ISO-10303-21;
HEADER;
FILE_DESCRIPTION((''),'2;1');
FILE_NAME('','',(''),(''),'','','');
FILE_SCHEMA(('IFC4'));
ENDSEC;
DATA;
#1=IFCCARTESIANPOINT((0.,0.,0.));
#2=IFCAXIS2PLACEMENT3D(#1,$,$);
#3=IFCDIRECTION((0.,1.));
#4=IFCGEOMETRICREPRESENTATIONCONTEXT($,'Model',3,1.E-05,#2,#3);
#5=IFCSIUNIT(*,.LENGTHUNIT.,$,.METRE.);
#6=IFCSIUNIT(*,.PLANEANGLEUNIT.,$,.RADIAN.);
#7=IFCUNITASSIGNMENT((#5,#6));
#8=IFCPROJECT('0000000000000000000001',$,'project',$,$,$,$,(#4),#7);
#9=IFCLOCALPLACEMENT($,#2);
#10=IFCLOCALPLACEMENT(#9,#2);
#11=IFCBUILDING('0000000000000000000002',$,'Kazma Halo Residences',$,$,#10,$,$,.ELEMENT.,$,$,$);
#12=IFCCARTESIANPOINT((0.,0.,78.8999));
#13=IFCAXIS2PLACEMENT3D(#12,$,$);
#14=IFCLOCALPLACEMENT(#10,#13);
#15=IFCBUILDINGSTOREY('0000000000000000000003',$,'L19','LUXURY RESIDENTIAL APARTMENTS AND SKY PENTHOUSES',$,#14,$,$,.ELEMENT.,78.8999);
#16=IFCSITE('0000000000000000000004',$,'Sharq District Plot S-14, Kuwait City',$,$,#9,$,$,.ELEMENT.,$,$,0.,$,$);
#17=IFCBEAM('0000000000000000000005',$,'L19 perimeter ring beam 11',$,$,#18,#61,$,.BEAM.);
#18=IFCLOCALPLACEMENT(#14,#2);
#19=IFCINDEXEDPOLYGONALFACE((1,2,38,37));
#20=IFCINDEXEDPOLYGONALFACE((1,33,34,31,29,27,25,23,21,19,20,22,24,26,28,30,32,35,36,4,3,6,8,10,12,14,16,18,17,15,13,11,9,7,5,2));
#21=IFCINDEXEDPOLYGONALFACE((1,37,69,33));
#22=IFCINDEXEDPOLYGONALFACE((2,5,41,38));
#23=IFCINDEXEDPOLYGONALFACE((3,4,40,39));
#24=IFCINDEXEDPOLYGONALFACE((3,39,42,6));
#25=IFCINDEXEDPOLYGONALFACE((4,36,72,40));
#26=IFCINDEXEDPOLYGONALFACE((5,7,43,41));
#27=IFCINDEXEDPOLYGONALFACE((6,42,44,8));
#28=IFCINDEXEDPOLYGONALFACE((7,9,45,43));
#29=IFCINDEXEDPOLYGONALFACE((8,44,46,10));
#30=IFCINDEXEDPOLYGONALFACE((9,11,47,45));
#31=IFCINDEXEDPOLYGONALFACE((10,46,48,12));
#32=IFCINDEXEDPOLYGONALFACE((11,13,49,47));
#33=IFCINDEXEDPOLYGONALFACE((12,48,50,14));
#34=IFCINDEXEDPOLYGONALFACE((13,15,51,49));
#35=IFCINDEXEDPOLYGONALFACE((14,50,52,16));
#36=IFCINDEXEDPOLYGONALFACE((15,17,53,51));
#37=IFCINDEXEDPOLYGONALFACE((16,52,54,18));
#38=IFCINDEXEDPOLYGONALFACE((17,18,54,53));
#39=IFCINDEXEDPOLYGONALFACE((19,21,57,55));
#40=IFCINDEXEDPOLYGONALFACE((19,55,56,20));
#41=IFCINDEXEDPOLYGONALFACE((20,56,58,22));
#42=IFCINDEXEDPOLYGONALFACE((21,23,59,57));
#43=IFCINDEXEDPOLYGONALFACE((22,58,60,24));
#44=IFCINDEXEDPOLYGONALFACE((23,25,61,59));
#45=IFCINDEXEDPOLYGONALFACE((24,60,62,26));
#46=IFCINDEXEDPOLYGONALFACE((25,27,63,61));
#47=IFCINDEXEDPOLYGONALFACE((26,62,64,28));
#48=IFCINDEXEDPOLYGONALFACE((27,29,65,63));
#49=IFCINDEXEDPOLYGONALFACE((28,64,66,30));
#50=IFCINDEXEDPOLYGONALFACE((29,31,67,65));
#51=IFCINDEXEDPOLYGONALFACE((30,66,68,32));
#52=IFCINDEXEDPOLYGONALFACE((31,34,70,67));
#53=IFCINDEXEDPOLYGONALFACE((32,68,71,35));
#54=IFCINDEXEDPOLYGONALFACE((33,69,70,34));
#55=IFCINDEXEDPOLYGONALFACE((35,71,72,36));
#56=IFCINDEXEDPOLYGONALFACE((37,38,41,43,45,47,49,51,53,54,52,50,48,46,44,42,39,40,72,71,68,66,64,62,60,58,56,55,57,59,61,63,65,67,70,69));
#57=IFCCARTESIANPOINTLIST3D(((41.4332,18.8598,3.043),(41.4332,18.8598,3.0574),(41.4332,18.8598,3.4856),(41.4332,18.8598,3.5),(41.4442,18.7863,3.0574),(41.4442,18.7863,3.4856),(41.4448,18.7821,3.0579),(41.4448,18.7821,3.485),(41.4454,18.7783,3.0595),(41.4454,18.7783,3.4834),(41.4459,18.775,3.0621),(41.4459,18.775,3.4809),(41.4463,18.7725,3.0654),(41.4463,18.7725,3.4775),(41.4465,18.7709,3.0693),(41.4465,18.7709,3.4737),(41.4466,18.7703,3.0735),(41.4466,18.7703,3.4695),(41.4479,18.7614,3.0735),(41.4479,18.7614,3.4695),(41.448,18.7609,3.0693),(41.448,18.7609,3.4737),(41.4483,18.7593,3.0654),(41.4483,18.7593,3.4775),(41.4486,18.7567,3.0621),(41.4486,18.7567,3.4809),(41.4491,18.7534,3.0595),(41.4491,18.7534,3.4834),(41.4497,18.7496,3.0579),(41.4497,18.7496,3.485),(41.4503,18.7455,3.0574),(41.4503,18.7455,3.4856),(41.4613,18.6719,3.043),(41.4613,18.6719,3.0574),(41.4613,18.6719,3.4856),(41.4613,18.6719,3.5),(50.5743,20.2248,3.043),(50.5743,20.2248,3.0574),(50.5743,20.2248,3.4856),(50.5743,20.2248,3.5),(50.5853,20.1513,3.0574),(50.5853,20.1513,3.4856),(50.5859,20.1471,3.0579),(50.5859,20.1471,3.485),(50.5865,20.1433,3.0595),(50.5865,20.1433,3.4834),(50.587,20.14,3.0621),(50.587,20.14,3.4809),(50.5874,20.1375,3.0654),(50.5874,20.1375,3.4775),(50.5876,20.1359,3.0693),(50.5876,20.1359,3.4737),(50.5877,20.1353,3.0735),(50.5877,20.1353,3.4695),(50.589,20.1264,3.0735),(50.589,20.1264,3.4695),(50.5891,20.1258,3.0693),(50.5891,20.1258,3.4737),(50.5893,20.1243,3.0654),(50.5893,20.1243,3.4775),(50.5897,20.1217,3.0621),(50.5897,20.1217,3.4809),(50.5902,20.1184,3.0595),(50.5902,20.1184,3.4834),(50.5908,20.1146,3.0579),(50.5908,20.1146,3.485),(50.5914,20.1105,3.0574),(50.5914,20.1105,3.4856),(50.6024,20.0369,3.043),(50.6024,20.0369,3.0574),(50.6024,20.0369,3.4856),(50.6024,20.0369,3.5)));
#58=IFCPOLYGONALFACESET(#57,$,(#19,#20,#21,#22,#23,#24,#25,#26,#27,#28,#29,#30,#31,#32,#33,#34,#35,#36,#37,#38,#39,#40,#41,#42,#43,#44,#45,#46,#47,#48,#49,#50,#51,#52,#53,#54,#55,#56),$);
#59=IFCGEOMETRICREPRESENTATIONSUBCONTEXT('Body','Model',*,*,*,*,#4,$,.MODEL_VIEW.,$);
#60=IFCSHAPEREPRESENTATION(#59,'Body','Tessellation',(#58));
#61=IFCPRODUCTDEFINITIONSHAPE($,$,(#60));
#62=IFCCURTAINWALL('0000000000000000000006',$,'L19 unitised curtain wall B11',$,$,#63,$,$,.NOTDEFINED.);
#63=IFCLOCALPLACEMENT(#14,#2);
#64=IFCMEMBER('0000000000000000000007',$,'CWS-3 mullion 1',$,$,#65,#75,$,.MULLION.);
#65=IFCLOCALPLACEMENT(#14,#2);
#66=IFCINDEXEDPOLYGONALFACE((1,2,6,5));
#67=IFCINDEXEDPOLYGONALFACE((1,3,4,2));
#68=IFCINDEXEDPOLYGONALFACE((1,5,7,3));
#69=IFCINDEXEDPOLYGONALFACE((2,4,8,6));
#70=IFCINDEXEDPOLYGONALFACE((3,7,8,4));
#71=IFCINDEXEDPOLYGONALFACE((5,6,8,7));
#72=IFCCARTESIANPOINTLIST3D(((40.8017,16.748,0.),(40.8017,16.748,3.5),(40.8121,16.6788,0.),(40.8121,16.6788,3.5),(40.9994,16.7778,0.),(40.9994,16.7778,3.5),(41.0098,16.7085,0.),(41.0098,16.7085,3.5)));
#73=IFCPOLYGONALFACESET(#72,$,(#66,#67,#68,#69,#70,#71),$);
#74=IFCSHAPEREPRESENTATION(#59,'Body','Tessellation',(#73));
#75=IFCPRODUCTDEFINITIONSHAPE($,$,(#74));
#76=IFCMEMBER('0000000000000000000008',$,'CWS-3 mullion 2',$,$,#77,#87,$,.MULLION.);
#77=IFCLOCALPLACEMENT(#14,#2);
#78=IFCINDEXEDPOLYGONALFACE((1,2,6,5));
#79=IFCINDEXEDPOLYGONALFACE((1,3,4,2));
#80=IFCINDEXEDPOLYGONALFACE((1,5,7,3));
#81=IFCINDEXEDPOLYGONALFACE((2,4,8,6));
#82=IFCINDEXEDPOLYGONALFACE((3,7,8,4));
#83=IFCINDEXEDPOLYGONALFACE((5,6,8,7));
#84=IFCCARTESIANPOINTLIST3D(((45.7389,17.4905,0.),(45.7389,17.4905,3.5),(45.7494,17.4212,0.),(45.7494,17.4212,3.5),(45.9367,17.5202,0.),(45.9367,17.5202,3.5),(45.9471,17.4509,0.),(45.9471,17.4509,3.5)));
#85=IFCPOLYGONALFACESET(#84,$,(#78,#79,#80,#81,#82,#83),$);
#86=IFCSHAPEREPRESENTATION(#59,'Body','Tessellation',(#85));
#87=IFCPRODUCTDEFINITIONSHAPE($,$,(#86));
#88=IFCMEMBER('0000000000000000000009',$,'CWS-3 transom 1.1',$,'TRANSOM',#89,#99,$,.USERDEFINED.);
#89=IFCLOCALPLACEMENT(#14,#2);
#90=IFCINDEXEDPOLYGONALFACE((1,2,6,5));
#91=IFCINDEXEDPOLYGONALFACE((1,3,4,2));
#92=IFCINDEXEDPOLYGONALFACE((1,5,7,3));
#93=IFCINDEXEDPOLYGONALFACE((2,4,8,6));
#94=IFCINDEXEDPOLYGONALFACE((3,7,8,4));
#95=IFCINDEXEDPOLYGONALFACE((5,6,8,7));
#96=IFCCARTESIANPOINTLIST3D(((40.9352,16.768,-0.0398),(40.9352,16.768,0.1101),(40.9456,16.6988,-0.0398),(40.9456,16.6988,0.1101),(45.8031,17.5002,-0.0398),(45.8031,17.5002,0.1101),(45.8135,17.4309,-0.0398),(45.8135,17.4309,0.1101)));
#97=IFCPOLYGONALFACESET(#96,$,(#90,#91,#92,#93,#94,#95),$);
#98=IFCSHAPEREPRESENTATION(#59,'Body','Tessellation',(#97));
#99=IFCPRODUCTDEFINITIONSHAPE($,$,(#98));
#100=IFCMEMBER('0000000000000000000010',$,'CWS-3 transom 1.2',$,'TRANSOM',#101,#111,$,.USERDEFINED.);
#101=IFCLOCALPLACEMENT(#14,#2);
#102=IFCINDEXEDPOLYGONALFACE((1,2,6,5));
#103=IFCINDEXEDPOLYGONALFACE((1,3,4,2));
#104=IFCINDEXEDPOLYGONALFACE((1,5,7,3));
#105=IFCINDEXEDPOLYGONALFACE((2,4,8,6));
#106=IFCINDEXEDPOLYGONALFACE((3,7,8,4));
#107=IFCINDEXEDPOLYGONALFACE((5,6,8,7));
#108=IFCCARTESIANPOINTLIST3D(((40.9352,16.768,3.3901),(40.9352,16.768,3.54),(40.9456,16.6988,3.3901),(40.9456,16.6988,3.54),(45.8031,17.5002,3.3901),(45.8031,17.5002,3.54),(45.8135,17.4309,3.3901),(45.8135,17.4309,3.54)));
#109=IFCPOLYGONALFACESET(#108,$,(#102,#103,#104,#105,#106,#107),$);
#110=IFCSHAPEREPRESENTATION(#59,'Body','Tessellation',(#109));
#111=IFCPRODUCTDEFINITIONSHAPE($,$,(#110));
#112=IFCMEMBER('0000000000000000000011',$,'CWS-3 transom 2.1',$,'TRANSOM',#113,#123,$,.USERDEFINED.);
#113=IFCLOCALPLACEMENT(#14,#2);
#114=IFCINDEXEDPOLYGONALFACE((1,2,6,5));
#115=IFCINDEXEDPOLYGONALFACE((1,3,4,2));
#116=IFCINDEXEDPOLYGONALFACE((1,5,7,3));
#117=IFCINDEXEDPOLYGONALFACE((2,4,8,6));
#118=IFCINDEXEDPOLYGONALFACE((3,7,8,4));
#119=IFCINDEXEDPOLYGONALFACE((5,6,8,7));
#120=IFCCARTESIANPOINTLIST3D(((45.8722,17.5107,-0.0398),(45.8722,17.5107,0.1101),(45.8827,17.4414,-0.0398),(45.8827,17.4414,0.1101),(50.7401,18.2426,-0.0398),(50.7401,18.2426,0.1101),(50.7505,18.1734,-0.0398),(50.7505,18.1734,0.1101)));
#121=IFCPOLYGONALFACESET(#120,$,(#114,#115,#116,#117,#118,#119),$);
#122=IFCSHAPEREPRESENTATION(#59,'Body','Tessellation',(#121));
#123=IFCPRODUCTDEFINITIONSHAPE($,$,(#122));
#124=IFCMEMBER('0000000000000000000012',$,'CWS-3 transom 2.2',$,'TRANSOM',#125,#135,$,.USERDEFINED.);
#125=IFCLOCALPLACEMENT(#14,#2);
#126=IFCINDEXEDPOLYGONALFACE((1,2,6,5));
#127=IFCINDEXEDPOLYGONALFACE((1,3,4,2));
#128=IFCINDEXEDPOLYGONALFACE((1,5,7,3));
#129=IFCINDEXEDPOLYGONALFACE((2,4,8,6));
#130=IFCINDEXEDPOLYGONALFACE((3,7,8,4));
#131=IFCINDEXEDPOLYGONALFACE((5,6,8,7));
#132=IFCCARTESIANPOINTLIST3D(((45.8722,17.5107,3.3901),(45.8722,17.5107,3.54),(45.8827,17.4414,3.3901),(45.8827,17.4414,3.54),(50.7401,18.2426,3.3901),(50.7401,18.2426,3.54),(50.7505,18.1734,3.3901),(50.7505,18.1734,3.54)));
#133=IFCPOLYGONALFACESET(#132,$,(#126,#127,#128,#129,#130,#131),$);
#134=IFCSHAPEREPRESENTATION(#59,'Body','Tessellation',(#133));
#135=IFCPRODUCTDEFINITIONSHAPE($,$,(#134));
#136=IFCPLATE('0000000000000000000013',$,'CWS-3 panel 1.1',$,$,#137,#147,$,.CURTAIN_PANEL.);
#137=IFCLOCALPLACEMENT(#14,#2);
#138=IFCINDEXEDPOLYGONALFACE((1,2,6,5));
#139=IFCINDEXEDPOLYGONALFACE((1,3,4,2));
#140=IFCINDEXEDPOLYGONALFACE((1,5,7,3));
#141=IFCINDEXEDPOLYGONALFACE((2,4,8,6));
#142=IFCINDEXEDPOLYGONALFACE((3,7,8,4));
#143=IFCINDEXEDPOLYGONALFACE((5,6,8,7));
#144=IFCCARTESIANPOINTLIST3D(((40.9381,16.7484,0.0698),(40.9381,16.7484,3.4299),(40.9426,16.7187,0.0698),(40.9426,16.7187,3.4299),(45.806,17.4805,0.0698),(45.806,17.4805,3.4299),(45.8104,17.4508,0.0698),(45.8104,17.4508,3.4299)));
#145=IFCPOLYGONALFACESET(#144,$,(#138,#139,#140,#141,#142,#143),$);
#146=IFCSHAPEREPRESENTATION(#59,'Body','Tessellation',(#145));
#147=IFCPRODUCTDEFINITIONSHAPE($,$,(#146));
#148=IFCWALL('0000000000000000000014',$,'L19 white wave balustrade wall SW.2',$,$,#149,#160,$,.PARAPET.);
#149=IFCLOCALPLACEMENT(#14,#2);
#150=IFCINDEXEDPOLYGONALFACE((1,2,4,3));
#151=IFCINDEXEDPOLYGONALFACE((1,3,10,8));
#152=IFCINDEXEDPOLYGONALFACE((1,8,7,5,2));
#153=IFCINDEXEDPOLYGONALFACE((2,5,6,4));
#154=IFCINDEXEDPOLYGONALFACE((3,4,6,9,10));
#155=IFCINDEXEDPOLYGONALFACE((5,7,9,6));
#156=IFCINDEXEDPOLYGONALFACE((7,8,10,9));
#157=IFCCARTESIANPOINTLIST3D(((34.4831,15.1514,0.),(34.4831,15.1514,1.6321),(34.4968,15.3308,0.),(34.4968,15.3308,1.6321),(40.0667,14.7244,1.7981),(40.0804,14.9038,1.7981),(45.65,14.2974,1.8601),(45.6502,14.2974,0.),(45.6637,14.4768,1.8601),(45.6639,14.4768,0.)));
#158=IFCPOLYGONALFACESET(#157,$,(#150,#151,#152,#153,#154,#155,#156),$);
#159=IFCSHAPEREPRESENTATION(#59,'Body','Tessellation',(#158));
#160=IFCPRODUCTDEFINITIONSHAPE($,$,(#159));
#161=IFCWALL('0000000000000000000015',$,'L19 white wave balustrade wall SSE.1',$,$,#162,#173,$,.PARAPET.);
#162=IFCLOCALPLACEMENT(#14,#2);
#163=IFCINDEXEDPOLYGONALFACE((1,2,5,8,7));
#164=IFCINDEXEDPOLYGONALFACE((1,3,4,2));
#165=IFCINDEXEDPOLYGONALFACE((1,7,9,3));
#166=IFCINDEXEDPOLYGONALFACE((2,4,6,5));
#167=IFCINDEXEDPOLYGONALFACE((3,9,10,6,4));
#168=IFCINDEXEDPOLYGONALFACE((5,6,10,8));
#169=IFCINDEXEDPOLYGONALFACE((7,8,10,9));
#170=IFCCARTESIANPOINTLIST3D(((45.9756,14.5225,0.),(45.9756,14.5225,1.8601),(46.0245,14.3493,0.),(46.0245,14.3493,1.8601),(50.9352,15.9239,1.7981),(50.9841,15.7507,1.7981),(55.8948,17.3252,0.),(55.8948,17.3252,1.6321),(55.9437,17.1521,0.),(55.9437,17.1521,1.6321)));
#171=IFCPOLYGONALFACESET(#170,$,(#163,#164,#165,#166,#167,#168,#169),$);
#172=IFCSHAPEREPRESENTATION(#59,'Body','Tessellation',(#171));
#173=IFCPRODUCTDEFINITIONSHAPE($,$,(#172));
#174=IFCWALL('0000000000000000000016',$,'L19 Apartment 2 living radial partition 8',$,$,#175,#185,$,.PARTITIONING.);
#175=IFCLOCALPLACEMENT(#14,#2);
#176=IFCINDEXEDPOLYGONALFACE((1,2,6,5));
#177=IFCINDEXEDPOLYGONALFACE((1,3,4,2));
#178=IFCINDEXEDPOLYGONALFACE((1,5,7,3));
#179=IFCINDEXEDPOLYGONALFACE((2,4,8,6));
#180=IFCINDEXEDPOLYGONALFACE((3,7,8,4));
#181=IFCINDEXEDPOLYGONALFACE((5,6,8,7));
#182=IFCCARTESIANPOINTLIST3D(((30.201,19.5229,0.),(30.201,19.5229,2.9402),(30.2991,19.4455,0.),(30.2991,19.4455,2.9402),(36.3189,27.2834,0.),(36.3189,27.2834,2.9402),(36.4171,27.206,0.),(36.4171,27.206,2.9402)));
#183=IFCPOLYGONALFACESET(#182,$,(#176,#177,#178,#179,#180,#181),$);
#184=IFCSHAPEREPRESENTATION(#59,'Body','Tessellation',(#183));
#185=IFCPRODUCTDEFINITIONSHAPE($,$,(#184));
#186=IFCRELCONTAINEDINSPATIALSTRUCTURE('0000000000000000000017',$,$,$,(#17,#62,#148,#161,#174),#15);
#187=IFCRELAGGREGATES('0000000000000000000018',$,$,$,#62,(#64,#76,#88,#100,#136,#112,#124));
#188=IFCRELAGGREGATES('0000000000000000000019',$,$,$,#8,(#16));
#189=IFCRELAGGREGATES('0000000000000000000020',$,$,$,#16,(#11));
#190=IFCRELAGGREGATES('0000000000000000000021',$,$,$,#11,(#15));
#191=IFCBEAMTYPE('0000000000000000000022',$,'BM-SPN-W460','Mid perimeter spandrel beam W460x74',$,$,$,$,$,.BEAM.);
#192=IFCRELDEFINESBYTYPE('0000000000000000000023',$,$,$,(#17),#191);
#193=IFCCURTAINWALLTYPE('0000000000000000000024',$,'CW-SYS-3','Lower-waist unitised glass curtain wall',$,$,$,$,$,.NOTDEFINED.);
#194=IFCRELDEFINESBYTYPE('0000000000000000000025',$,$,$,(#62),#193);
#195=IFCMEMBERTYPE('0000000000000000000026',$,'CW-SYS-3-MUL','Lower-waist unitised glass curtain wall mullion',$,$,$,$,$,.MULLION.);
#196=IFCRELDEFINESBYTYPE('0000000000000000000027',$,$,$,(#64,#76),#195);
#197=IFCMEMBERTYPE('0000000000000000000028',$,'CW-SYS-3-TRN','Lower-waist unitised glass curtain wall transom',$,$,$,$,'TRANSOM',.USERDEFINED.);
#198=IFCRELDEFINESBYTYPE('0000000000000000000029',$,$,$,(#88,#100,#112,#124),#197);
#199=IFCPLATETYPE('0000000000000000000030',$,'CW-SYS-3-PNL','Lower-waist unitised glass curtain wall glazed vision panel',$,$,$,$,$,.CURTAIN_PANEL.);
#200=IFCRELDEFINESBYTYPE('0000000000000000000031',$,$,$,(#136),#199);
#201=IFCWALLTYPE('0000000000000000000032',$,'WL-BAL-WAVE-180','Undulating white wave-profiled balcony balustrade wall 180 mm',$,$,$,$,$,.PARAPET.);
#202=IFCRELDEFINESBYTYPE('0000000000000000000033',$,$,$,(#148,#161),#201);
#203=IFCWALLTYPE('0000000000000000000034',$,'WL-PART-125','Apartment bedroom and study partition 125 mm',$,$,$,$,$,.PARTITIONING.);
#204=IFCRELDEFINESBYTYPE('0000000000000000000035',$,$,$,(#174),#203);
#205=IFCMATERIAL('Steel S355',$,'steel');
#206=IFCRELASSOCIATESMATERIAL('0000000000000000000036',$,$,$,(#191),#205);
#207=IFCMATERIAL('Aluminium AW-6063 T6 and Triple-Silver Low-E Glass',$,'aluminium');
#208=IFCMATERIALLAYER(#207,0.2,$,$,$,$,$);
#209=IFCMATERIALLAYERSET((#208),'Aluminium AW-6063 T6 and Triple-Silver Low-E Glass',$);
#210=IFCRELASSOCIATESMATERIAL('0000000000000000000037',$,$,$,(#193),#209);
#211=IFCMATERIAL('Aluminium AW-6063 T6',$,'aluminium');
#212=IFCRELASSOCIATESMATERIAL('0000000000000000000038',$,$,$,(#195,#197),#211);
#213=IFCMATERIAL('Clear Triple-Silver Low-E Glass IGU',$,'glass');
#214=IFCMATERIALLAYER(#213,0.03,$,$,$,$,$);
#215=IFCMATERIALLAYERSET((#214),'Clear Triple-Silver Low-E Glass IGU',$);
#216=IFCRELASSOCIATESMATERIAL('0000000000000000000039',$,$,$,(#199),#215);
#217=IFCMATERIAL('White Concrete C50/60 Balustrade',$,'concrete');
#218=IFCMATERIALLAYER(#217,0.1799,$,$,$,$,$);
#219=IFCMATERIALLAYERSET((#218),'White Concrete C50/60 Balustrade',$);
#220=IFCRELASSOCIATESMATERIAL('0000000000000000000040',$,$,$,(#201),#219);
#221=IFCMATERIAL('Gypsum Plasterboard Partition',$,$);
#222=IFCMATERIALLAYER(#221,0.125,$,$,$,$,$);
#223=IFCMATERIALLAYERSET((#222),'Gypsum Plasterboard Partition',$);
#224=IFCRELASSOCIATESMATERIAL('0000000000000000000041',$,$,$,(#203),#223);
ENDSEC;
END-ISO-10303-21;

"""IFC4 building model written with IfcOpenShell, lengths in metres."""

from ifc_helpers import new_model, si_unit, direction, frame, frame_2d, origin, origin_2d, place, context, subcontext, project, spatial, polyline, rectangle, i_section, outline, extrude, material, layer, layer_set, material_profile, profile_set, type_object, element, aggregate, save


model = new_model("IFC4")

# Units and contexts
model_context = context("Model", 3, precision=1e-05, world=origin(), true_north=direction((0.0, 1.0)))
body_context = subcontext(model_context, "Body", "Model", "MODEL_VIEW")
ifc_project = project(units=[si_unit("LENGTHUNIT", "METRE"), si_unit("PLANEANGLEUNIT", "RADIAN")], contexts=[model_context])

# Site, building, storey
site_placement = place(None, origin())
site = spatial("IfcSite", under=ifc_project, at=site_placement, Name="Sharq District Plot S-14, Kuwait City", CompositionType="ELEMENT", RefElevation=0.0)
building_placement = place(site_placement, origin())
building = spatial("IfcBuilding", under=site, at=building_placement, Name="Kazma Halo Residences", CompositionType="ELEMENT")
storey_placement = place(building_placement, frame((0.0, 0.0, 78.8999)))
storey = spatial("IfcBuildingStorey", under=building, at=storey_placement, Name="L19", Description="LUXURY RESIDENTIAL APARTMENTS AND SKY PENTHOUSES", CompositionType="ELEMENT", Elevation=78.8999)

# Beam
ifc_material_1 = material(Name="Steel S355", Category="steel")
ifc_material_profile_1 = material_profile(ifc_material_1, i_section(OverallWidth=0.1899, OverallDepth=0.457, WebThickness=0.009, FlangeThickness=0.0144, FilletRadius=0.0161, at=origin_2d()), Name="W460x74")
ifc_profile_set_1 = profile_set([ifc_material_profile_1], Name="Steel S355")
beam_type_1 = type_object("IfcBeamType", Name="BM-SPN-W460", Description="Mid perimeter spandrel beam W460x74", PredefinedType="BEAM", material=ifc_profile_set_1)
beam_1_placement = place(storey_placement, frame((41.4473, 18.7659, 3.2715), z_axis=(0.989034, 0.147687, 0.0), x_axis=(-0.147687, 0.989034, 0.0)))
element("IfcBeam", 1, at=beam_1_placement, inside=storey, type_object=beam_type_1, Name="L19 perimeter ring beam 11", PredefinedType="BEAM", context=body_context, shape_type="SweptSolid", body=[
    extrude(i_section(OverallWidth=0.1899, OverallDepth=0.457, WebThickness=0.009, FlangeThickness=0.0144, FilletRadius=0.0161, at=origin_2d()), origin(), (0.0, 0.0, 1.0), 9.2424),
])

# Curtain wall, members, plate
ifc_material_2 = material(Name="Aluminium AW-6063 T6 and Triple-Silver Low-E Glass", Category="aluminium")
ifc_layer_1 = layer(ifc_material_2, 0.2)
ifc_layer_set_1 = layer_set([ifc_layer_1], Name="Aluminium AW-6063 T6 and Triple-Silver Low-E Glass")
curtain_wall_type = type_object("IfcCurtainWallType", Name="CW-SYS-3", Description="Lower-waist unitised glass curtain wall", PredefinedType="NOTDEFINED", material=ifc_layer_set_1)
curtain_wall_placement = place(storey_placement, origin())
curtain_wall = element("IfcCurtainWall", 2, at=curtain_wall_placement, inside=storey, type_object=curtain_wall_type, Name="L19 unitised curtain wall B11", PredefinedType="NOTDEFINED")
ifc_material_3 = material(Name="Aluminium AW-6063 T6", Category="aluminium")
ifc_material_profile_2 = material_profile(ifc_material_3, rectangle(XDim=0.0701, YDim=0.2, at=origin_2d()), Name="CWM-70x200")
ifc_profile_set_2 = profile_set([ifc_material_profile_2], Name="Aluminium AW-6063 T6")
member_type_1 = type_object("IfcMemberType", Name="CW-SYS-3-MUL", Description="Lower-waist unitised glass curtain wall mullion", PredefinedType="MULLION", material=ifc_profile_set_2)
member_1_placement = place(storey_placement, frame((40.9058, 16.7283, 0.0), z_axis=(0.0, 0.0, 1.0), x_axis=(-0.148717, 0.98888, 0.0)))
member_1 = element("IfcMember", 3, at=member_1_placement, type_object=member_type_1, Name="CWS-3 mullion 1", PredefinedType="MULLION", context=body_context, shape_type="SweptSolid", body=[
    extrude(rectangle(XDim=0.0701, YDim=0.2, at=origin_2d()), origin(), (0.0, 0.0, 1.0), 3.5),
])
member_2_placement = place(storey_placement, frame((45.843, 17.4707, 0.0), z_axis=(0.0, 0.0, 1.0), x_axis=(-0.148717, 0.98888, 0.0)))
member_2 = element("IfcMember", 4, at=member_2_placement, type_object=member_type_1, Name="CWS-3 mullion 2", PredefinedType="MULLION", context=body_context, shape_type="SweptSolid", body=[
    extrude(rectangle(XDim=0.0701, YDim=0.2, at=origin_2d()), origin(), (0.0, 0.0, 1.0), 3.5),
])
ifc_material_profile_3 = material_profile(ifc_material_3, rectangle(XDim=0.0701, YDim=0.1499, at=origin_2d()), Name="CWT-70x150")
ifc_profile_set_3 = profile_set([ifc_material_profile_3], Name="Aluminium AW-6063 T6")
member_type_2 = type_object("IfcMemberType", Name="CW-SYS-3-TRN", Description="Lower-waist unitised glass curtain wall transom", ElementType="TRANSOM", PredefinedType="USERDEFINED", material=ifc_profile_set_3)
member_3_placement = place(storey_placement, frame((40.9404, 16.7334, 0.0352), z_axis=(0.988877, 0.148736, 0.0), x_axis=(-0.148736, 0.988877, 0.0)))
member_3 = element("IfcMember", 5, at=member_3_placement, type_object=member_type_2, Name="CWS-3 transom 1.1", ObjectType="TRANSOM", PredefinedType="USERDEFINED", context=body_context, shape_type="SweptSolid", body=[
    extrude(rectangle(XDim=0.0701, YDim=0.1499, at=origin_2d()), origin(), (0.0, 0.0, 1.0), 4.9226),
])
member_4_placement = place(storey_placement, frame((40.9404, 16.7334, 3.4651), z_axis=(0.988877, 0.148736, 0.0), x_axis=(-0.148736, 0.988877, 0.0)))
member_4 = element("IfcMember", 6, at=member_4_placement, type_object=member_type_2, Name="CWS-3 transom 1.2", ObjectType="TRANSOM", PredefinedType="USERDEFINED", context=body_context, shape_type="SweptSolid", body=[
    extrude(rectangle(XDim=0.0701, YDim=0.1499, at=origin_2d()), origin(), (0.0, 0.0, 1.0), 4.9226),
])
member_5_placement = place(storey_placement, frame((45.8774, 17.4761, 0.0352), z_axis=(0.988884, 0.148687, 0.0), x_axis=(-0.148687, 0.988884, 0.0)))
member_5 = element("IfcMember", 7, at=member_5_placement, type_object=member_type_2, Name="CWS-3 transom 2.1", ObjectType="TRANSOM", PredefinedType="USERDEFINED", context=body_context, shape_type="SweptSolid", body=[
    extrude(rectangle(XDim=0.0701, YDim=0.1499, at=origin_2d()), origin(), (0.0, 0.0, 1.0), 4.9226),
])
member_6_placement = place(storey_placement, frame((45.8774, 17.4761, 3.4651), z_axis=(0.988884, 0.148687, 0.0), x_axis=(-0.148687, 0.988884, 0.0)))
member_6 = element("IfcMember", 8, at=member_6_placement, type_object=member_type_2, Name="CWS-3 transom 2.2", ObjectType="TRANSOM", PredefinedType="USERDEFINED", context=body_context, shape_type="SweptSolid", body=[
    extrude(rectangle(XDim=0.0701, YDim=0.1499, at=origin_2d()), origin(), (0.0, 0.0, 1.0), 4.9226),
])
ifc_material_4 = material(Name="Clear Triple-Silver Low-E Glass IGU", Category="glass")
ifc_layer_2 = layer(ifc_material_4, 0.03)
ifc_layer_set_2 = layer_set([ifc_layer_2], Name="Clear Triple-Silver Low-E Glass IGU")
plate_type = type_object("IfcPlateType", Name="CW-SYS-3-PNL", Description="Lower-waist unitised glass curtain wall glazed vision panel", PredefinedType="CURTAIN_PANEL", material=ifc_layer_set_2)
plate_placement = place(storey_placement, frame((43.3743, 17.0996, 0.0698), z_axis=(0.0, 0.0, 1.0), x_axis=(0.98888, 0.148717, 0.0)))
plate = element("IfcPlate", 9, at=plate_placement, type_object=plate_type, Name="CWS-3 panel 1.1", PredefinedType="CURTAIN_PANEL", context=body_context, shape_type="SweptSolid", body=[
    extrude(rectangle(XDim=4.9226, YDim=0.03, at=origin_2d()), origin(), (0.0, 0.0, 1.0), 3.3601),
])
aggregate(curtain_wall, [member_1, member_2, member_3, member_4, plate, member_5, member_6])

# Walls
ifc_material_5 = material(Name="White Concrete C50/60 Balustrade", Category="concrete")
ifc_layer_3 = layer(ifc_material_5, 0.1799)
ifc_layer_set_3 = layer_set([ifc_layer_3], Name="White Concrete C50/60 Balustrade")
wall_type_1 = type_object("IfcWallType", Name="WL-BAL-WAVE-180", Description="Undulating white wave-profiled balcony balustrade wall 180 mm", PredefinedType="PARAPET", material=ifc_layer_set_3)
wall_1_placement = place(storey_placement, frame((34.49, 15.2412, 0.0), z_axis=(0.0, 0.0, 1.0), x_axis=(0.997088, -0.076253, 0.0)))
element("IfcWall", 10, at=wall_1_placement, inside=storey, type_object=wall_type_1, Name="L19 white wave balustrade wall SW.2", PredefinedType="PARAPET", context=body_context, shape_type="SweptSolid", body=[
    extrude(outline(polyline([(0.0, 0.0), (11.1997, 0.0), (11.1995, 1.8601), (5.5999, 1.7981), (0.0, 1.6321), (0.0, 0.0)])), frame((0.0, 0.0898, 0.0), z_axis=(0.0, -1.0, 0.0), x_axis=(1.0, 0.0, 0.0)), (0.0, 0.0, 1.0), 0.1799),
])
wall_2_placement = place(storey_placement, frame((46.0, 14.436, 0.0), z_axis=(0.0, 0.0, 1.0), x_axis=(0.962322, 0.271911, 0.0)))
element("IfcWall", 11, at=wall_2_placement, inside=storey, type_object=wall_type_1, Name="L19 white wave balustrade wall SSE.1", PredefinedType="PARAPET", context=body_context, shape_type="SweptSolid", body=[
    extrude(outline(polyline([(0.0, 0.0), (10.3076, 0.0), (10.3076, 1.6321), (5.1538, 1.7981), (0.0, 1.8601), (0.0, 0.0)])), frame((0.0, 0.0898, 0.0), z_axis=(0.0, -1.0, 0.0), x_axis=(1.0, 0.0, 0.0)), (0.0, 0.0, 1.0), 0.1799),
])
ifc_material_6 = material(Name="Gypsum Plasterboard Partition")
ifc_layer_4 = layer(ifc_material_6, 0.125)
ifc_layer_set_4 = layer_set([ifc_layer_4], Name="Gypsum Plasterboard Partition")
wall_type_2 = type_object("IfcWallType", Name="WL-PART-125", Description="Apartment bedroom and study partition 125 mm", PredefinedType="PARTITIONING", material=ifc_layer_set_4)
wall_3_placement = place(storey_placement, frame((36.3679, 27.2446, 0.0), z_axis=(0.0, 0.0, 1.0), x_axis=(-0.619096, -0.785315, 0.0)))
element("IfcWall", 12, at=wall_3_placement, inside=storey, type_object=wall_type_2, Name="L19 Apartment 2 living radial partition 8", PredefinedType="PARTITIONING", context=body_context, shape_type="SweptSolid", body=[
    extrude(rectangle(XDim=9.8821, YDim=0.125, at=frame_2d((4.9409, 0.0))), origin(), (0.0, 0.0, 1.0), 2.9402),
])

save(model, "model.ifc")
